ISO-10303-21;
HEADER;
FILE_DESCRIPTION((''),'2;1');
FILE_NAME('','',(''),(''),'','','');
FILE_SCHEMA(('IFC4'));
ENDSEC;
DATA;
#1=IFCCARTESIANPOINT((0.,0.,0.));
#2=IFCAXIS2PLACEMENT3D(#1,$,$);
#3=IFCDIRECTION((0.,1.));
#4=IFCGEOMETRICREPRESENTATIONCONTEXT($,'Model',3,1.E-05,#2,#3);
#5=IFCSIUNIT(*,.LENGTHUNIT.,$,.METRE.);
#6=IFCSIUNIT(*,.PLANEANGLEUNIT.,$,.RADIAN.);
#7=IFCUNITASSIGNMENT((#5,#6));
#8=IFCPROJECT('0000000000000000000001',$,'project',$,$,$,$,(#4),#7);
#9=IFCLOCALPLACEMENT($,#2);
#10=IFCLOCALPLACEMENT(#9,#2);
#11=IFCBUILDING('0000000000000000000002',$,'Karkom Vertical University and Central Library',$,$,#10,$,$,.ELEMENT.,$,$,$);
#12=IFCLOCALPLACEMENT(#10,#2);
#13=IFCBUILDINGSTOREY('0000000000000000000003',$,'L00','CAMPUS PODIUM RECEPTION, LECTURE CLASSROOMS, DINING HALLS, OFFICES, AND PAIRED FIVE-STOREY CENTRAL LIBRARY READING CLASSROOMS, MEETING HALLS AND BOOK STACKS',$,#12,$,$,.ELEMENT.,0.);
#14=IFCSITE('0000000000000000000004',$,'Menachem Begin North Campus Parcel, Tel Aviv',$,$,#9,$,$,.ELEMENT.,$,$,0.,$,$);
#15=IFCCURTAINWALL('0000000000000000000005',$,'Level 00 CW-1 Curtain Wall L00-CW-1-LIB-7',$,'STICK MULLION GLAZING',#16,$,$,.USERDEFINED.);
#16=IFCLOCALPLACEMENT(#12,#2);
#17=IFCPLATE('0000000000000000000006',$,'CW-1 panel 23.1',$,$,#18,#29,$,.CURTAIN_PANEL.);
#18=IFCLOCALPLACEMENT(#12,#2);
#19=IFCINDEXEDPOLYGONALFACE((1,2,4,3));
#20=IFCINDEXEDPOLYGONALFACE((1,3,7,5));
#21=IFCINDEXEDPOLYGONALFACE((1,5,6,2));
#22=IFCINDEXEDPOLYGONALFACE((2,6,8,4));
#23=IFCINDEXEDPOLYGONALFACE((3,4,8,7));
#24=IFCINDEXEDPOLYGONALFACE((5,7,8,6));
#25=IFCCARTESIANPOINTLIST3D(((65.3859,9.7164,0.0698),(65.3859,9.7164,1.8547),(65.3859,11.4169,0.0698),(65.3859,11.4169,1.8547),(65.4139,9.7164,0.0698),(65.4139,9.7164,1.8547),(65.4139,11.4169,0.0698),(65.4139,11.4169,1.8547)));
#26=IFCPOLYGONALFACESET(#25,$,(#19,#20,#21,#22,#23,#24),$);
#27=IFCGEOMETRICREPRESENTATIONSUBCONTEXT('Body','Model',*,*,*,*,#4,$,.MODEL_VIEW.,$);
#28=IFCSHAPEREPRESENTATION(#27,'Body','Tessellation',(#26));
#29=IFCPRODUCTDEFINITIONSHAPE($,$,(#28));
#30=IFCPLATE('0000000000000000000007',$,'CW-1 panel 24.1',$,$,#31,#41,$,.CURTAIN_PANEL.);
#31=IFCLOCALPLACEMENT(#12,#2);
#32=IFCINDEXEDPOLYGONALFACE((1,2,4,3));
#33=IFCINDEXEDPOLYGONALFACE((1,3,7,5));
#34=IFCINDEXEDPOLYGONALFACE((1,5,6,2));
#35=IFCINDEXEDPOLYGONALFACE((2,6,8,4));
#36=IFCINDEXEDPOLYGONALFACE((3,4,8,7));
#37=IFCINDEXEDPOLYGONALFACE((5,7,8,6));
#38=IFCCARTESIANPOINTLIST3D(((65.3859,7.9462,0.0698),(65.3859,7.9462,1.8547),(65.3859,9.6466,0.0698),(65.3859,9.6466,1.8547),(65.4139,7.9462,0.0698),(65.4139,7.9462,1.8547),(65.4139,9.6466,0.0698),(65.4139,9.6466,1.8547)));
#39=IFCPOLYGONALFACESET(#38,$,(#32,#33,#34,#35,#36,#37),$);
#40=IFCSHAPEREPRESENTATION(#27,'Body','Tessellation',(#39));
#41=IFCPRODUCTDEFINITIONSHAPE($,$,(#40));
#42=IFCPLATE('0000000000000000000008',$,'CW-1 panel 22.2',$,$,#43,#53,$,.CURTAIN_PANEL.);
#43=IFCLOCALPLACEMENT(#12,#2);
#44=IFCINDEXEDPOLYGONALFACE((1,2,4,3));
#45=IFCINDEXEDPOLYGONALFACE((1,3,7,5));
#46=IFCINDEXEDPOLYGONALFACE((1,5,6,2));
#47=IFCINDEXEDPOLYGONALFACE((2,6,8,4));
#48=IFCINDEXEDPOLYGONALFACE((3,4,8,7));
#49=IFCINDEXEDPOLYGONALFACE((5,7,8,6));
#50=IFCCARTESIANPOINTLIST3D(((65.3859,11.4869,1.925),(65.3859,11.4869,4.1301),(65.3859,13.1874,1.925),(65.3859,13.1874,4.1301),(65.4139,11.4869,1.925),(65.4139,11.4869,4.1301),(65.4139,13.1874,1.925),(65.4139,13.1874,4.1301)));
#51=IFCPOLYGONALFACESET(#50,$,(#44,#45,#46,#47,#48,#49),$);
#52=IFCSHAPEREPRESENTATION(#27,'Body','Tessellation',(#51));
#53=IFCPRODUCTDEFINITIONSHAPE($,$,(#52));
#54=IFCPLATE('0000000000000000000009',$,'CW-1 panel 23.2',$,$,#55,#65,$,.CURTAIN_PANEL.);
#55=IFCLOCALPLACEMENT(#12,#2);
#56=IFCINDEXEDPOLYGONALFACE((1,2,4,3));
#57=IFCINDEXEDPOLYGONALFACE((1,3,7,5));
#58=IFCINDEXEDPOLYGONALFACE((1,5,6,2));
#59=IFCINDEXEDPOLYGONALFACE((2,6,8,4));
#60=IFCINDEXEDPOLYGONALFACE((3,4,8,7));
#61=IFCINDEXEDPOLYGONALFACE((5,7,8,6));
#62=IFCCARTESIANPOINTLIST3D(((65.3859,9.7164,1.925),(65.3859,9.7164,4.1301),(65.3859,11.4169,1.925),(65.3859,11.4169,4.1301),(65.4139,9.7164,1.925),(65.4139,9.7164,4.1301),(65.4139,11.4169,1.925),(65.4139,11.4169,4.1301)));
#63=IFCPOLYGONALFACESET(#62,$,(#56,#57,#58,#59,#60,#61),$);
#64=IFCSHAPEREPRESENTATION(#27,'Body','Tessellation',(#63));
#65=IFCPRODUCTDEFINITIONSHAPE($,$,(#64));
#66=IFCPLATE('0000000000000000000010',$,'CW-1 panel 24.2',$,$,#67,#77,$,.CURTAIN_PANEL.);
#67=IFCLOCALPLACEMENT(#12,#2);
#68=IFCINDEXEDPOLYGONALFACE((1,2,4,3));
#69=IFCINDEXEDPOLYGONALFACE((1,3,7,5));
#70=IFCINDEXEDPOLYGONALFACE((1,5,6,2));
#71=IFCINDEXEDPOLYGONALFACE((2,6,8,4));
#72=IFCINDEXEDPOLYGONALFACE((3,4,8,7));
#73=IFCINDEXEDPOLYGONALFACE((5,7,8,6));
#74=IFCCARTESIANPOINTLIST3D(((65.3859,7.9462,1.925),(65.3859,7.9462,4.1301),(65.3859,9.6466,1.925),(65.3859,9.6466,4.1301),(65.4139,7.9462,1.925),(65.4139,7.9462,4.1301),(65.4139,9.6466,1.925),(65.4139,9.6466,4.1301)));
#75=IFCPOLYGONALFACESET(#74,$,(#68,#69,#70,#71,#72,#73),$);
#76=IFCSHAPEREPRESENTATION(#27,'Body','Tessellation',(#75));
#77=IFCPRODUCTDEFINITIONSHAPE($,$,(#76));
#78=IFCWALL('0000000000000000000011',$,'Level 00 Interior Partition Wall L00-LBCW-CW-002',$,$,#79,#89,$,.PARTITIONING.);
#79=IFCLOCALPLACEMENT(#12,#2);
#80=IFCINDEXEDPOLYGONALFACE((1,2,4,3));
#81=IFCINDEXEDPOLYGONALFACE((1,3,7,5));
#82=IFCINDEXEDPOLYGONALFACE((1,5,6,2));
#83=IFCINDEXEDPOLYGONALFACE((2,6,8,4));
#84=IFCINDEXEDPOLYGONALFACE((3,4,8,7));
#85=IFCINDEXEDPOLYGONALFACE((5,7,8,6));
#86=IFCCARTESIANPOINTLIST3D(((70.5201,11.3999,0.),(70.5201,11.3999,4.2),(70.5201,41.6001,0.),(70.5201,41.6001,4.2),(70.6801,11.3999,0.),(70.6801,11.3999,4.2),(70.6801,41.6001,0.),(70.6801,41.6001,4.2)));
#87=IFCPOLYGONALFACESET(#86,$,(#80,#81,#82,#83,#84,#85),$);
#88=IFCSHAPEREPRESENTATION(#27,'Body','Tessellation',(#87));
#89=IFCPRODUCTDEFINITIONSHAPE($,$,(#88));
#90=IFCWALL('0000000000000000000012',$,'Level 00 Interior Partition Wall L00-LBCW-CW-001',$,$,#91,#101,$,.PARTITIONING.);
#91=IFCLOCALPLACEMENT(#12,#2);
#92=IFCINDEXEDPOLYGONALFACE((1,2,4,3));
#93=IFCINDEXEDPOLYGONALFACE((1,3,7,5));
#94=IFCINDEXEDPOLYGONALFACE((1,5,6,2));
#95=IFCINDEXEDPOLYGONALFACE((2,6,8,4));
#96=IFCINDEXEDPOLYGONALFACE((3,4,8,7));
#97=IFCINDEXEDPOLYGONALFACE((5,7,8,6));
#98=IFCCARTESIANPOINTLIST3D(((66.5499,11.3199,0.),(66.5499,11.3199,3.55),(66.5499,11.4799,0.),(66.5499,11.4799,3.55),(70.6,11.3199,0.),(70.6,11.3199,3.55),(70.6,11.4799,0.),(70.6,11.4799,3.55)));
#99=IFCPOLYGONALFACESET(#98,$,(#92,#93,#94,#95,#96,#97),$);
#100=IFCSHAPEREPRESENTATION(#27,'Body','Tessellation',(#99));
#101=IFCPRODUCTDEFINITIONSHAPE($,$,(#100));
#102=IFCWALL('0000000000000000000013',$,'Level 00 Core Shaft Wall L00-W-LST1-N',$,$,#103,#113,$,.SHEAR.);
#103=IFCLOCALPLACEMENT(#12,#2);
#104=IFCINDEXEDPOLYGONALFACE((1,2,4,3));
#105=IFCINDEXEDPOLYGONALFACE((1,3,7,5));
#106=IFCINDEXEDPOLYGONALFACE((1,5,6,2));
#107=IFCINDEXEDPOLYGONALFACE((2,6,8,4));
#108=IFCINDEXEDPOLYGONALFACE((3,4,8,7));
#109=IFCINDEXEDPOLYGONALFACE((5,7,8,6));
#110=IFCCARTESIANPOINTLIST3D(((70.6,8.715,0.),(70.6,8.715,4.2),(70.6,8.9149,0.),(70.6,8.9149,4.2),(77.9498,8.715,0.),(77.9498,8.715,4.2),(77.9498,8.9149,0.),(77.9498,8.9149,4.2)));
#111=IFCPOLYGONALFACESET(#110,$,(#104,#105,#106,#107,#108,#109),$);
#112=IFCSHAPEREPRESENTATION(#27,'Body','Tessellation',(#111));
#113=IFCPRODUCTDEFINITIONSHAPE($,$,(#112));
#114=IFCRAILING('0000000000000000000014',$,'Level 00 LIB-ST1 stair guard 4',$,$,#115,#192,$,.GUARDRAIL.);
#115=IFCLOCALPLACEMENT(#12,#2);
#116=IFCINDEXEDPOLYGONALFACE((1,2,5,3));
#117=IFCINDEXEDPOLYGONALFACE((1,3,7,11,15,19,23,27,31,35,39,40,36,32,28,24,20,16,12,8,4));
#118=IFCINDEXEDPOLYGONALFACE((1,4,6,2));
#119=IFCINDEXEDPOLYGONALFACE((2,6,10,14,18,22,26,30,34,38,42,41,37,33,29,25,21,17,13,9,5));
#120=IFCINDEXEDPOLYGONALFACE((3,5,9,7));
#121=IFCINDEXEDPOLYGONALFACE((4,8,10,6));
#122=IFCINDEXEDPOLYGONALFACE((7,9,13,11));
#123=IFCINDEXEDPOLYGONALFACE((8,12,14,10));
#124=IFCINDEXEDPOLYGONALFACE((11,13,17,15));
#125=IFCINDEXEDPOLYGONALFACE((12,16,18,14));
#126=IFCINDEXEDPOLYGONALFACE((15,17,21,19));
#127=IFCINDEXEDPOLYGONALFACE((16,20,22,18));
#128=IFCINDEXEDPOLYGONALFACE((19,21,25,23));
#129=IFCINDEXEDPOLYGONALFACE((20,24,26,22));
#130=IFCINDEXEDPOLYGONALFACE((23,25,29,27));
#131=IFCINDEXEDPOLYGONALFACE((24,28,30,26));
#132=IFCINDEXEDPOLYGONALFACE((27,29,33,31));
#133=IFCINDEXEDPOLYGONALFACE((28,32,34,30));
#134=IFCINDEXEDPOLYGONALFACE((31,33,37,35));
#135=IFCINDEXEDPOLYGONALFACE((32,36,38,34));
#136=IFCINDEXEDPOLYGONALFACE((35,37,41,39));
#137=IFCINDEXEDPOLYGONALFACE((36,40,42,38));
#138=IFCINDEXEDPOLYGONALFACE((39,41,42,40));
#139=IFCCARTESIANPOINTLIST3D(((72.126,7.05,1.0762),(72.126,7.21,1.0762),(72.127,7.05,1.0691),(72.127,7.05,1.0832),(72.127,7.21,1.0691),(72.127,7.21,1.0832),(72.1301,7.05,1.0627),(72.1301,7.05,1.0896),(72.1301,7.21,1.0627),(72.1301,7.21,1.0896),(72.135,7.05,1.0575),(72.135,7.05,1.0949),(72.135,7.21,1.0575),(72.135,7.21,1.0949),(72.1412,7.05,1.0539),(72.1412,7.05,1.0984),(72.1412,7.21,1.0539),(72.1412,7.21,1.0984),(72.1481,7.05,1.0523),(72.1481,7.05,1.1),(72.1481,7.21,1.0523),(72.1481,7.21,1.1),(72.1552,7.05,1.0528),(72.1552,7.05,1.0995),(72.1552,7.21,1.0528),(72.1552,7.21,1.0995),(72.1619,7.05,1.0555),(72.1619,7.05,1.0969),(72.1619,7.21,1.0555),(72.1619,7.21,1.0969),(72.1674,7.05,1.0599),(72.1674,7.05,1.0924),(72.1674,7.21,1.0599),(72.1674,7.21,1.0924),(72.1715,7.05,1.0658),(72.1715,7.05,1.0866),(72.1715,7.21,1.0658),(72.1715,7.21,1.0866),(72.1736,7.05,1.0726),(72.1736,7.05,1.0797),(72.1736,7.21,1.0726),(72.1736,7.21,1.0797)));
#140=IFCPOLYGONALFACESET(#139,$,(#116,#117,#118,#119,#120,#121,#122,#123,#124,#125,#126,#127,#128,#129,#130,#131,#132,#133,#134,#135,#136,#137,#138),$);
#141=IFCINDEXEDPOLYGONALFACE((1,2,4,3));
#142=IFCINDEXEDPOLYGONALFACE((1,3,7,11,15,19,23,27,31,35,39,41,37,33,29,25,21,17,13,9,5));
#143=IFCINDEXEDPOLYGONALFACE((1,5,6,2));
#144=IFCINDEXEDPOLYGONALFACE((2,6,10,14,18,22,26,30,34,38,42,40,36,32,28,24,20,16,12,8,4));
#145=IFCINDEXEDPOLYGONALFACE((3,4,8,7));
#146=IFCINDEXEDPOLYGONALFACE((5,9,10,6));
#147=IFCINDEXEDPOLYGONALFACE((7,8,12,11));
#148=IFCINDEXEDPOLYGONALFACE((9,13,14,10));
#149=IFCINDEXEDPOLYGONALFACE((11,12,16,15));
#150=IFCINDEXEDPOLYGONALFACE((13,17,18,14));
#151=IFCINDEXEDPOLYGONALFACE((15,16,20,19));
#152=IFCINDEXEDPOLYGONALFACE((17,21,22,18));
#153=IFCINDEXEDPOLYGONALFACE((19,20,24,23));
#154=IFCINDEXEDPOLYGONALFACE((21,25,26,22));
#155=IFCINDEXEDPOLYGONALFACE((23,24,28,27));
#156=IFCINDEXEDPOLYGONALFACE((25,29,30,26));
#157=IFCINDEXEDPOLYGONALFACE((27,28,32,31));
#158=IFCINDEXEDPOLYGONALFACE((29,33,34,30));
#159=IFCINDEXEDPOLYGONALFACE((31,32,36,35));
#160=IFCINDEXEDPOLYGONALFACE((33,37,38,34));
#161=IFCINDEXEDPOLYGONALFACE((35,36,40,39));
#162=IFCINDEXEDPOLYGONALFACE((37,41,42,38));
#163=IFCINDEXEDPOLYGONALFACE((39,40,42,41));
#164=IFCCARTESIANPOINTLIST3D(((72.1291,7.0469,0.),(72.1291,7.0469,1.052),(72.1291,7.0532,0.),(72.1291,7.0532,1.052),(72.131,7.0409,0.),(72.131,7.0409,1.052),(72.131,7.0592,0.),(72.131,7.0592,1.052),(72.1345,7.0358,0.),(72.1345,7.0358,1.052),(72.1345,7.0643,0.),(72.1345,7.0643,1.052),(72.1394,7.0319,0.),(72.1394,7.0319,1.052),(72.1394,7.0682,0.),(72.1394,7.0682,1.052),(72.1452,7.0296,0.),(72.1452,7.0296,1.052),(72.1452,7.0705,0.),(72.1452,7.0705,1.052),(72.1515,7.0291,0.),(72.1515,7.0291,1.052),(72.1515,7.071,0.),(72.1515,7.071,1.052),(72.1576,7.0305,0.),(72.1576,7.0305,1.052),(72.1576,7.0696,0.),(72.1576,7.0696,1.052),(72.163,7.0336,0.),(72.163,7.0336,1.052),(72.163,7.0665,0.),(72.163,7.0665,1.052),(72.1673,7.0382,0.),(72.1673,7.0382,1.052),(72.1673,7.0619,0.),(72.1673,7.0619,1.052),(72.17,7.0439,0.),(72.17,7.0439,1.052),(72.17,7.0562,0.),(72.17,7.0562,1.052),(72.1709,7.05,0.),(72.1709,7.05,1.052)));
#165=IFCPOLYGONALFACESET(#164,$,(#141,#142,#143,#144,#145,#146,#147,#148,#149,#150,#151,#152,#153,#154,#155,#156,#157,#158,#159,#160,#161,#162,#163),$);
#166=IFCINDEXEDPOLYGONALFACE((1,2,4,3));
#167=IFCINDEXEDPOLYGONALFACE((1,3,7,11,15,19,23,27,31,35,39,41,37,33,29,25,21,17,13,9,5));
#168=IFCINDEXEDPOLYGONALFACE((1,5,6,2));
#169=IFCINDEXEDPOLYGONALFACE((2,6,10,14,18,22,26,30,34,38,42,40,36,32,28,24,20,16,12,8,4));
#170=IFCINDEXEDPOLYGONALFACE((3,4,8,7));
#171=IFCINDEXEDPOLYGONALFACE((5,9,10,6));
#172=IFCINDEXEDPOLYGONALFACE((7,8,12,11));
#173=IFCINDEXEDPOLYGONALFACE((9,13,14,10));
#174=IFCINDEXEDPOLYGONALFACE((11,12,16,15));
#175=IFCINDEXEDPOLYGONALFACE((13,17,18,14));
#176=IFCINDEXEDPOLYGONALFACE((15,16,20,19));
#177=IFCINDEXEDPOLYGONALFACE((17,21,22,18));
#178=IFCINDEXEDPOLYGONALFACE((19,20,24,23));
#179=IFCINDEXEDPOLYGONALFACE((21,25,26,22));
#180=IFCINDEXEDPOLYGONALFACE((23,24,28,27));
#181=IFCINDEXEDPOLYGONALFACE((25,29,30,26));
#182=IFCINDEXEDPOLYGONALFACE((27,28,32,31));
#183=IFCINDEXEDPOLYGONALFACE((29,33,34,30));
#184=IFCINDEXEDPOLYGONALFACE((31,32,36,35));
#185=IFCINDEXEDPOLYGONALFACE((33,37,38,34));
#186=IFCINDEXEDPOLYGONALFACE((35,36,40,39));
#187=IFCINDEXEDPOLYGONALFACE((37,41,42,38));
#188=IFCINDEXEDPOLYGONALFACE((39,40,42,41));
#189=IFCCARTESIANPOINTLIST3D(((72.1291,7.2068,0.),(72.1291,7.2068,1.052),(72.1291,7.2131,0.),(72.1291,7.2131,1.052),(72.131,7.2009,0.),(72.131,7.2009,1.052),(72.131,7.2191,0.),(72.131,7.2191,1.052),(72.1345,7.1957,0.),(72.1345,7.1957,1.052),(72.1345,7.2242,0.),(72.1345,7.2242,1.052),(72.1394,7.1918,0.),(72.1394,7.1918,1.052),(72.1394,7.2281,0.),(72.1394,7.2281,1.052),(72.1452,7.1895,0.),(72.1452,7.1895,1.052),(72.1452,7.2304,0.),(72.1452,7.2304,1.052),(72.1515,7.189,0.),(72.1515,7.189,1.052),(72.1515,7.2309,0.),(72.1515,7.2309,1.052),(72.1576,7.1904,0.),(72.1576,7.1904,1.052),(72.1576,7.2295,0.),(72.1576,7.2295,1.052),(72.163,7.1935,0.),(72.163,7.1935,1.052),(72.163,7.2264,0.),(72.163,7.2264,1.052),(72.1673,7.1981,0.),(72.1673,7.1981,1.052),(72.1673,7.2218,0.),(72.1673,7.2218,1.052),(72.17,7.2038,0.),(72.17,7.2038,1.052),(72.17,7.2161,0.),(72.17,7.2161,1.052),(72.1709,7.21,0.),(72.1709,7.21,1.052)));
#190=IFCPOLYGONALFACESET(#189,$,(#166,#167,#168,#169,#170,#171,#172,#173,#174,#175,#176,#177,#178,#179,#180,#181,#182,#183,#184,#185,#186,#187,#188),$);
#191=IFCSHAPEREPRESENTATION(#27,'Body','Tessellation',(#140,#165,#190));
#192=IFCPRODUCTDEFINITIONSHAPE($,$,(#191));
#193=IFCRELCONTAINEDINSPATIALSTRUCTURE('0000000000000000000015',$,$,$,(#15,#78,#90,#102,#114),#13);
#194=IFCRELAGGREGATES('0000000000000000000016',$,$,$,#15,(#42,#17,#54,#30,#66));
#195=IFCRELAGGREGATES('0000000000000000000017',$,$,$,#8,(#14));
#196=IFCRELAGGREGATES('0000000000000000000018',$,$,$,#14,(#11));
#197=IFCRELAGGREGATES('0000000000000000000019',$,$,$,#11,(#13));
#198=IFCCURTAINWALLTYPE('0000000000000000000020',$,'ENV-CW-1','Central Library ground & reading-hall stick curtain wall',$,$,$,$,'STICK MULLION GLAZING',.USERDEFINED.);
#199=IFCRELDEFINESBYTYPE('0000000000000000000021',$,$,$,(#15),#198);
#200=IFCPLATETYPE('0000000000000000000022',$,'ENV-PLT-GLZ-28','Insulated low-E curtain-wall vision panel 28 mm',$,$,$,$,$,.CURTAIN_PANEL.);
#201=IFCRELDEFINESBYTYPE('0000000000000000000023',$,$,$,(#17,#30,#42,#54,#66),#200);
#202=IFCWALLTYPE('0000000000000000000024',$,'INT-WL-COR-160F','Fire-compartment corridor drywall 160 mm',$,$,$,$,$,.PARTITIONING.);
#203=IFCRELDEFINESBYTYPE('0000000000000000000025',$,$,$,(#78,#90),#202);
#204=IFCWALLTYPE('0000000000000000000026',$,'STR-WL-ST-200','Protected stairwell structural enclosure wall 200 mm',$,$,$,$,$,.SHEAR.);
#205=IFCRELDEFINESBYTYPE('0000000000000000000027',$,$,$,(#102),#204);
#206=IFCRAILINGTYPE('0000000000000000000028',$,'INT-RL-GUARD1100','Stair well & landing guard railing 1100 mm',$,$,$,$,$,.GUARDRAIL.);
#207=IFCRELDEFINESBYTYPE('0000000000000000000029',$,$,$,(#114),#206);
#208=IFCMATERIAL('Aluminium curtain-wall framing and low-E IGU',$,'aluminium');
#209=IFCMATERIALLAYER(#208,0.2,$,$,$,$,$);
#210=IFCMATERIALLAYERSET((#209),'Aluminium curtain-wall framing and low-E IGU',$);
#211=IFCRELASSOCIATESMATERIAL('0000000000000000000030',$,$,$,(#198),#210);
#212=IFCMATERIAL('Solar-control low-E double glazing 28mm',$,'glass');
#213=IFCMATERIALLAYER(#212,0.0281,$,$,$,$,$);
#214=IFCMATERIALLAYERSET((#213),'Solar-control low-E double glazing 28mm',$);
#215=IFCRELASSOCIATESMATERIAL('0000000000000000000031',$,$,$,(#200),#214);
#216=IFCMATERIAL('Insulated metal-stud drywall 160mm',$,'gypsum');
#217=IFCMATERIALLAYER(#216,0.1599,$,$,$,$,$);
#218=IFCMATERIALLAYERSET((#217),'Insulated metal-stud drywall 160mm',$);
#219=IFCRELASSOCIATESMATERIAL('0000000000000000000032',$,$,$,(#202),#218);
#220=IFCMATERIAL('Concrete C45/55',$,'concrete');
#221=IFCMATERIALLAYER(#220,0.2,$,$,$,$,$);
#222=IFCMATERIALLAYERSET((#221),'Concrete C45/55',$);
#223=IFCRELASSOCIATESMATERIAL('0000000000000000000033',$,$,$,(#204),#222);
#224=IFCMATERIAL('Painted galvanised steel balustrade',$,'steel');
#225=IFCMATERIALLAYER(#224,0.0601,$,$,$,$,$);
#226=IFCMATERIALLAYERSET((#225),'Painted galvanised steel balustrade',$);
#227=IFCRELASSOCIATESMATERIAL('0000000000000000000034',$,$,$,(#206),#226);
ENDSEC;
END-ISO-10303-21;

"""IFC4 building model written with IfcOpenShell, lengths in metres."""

from ifc_helpers import new_model, si_unit, direction, frame, frame_2d, origin, origin_with_axes, origin_2d, place, context, subcontext, project, spatial, rectangle, circle, extrude, source, transform, mapped, material, layer, layer_set, type_object, element, aggregate, save


model = new_model("IFC4")

# Units and contexts
model_context = context("Model", 3, precision=1e-05, world=origin(), true_north=direction((0.0, 1.0)))
body_context = subcontext(model_context, "Body", "Model", "MODEL_VIEW")
ifc_project = project(units=[si_unit("LENGTHUNIT", "METRE"), si_unit("PLANEANGLEUNIT", "RADIAN")], contexts=[model_context])

# Site, building, storey
site_placement = place(None, origin())
site = spatial("IfcSite", under=ifc_project, at=site_placement, Name="Menachem Begin North Campus Parcel, Tel Aviv", CompositionType="ELEMENT", RefElevation=0.0)
building_placement = place(site_placement, origin())
building = spatial("IfcBuilding", under=site, at=building_placement, Name="Karkom Vertical University and Central Library", CompositionType="ELEMENT")
storey_placement = place(building_placement, origin())
storey = spatial("IfcBuildingStorey", under=building, at=storey_placement, Name="L00", Description="CAMPUS PODIUM RECEPTION, LECTURE CLASSROOMS, DINING HALLS, OFFICES, AND PAIRED FIVE-STOREY CENTRAL LIBRARY READING CLASSROOMS, MEETING HALLS AND BOOK STACKS", CompositionType="ELEMENT", Elevation=0.0)

# Shared definitions
ifc_material_1 = material(Name="Concrete C45/55", Category="concrete")

# Curtain wall, plates
ifc_material_2 = material(Name="Aluminium curtain-wall framing and low-E IGU", Category="aluminium")
ifc_layer_1 = layer(ifc_material_2, 0.2)
ifc_layer_set_1 = layer_set([ifc_layer_1], Name="Aluminium curtain-wall framing and low-E IGU")
curtain_wall_type = type_object("IfcCurtainWallType", Name="ENV-CW-1", Description="Central Library ground & reading-hall stick curtain wall", ElementType="STICK MULLION GLAZING", PredefinedType="USERDEFINED", material=ifc_layer_set_1)
curtain_wall_placement = place(storey_placement, origin())
curtain_wall = element("IfcCurtainWall", 1, at=curtain_wall_placement, inside=storey, type_object=curtain_wall_type, Name="Level 00 CW-1 Curtain Wall L00-CW-1-LIB-7", ObjectType="STICK MULLION GLAZING", PredefinedType="USERDEFINED")
ifc_material_3 = material(Name="Solar-control low-E double glazing 28mm", Category="glass")
ifc_layer_2 = layer(ifc_material_3, 0.0281)
ifc_layer_set_2 = layer_set([ifc_layer_2], Name="Solar-control low-E double glazing 28mm")
plate_type = type_object("IfcPlateType", Name="ENV-PLT-GLZ-28", Description="Insulated low-E curtain-wall vision panel 28 mm", PredefinedType="CURTAIN_PANEL", material=ifc_layer_set_2)
shared_shape_1 = source(origin_with_axes(), body_context, "Body", "SweptSolid", [
    extrude(rectangle(XDim=1.7004, YDim=0.0281, at=origin_2d()), origin(), (0.0, 0.0, 1.0), 1.7849),
])
plate_1_placement = place(storey_placement, frame((65.3999, 10.5667, 0.0698), z_axis=(0.0, 0.0, 1.0), x_axis=(0.0, -1.0, 0.0)))
plate_1 = element("IfcPlate", 2, at=plate_1_placement, type_object=plate_type, Name="CW-1 panel 23.1", PredefinedType="CURTAIN_PANEL", context=body_context, shape_type="MappedRepresentation", body=[
    mapped(shared_shape_1, transform((0.0, 0.0, 0.0), scale=1.0)),
])
plate_2_placement = place(storey_placement, frame((65.3999, 8.7964, 0.0698), z_axis=(0.0, 0.0, 1.0), x_axis=(0.0, -1.0, 0.0)))
plate_2 = element("IfcPlate", 3, at=plate_2_placement, type_object=plate_type, Name="CW-1 panel 24.1", PredefinedType="CURTAIN_PANEL", context=body_context, shape_type="MappedRepresentation", body=[
    mapped(shared_shape_1, transform((0.0, 0.0, 0.0), scale=1.0)),
])
shared_shape_2 = source(origin_with_axes(), body_context, "Body", "SweptSolid", [
    extrude(rectangle(XDim=1.7004, YDim=0.0281, at=origin_2d()), origin(), (0.0, 0.0, 1.0), 2.2051),
])
plate_3_placement = place(storey_placement, frame((65.3999, 12.3372, 1.925), z_axis=(0.0, 0.0, 1.0), x_axis=(0.0, -1.0, 0.0)))
plate_3 = element("IfcPlate", 4, at=plate_3_placement, type_object=plate_type, Name="CW-1 panel 22.2", PredefinedType="CURTAIN_PANEL", context=body_context, shape_type="MappedRepresentation", body=[
    mapped(shared_shape_2, transform((0.0, 0.0, 0.0), scale=1.0)),
])
plate_4_placement = place(storey_placement, frame((65.3999, 10.5667, 1.925), z_axis=(0.0, 0.0, 1.0), x_axis=(0.0, -1.0, 0.0)))
plate_4 = element("IfcPlate", 5, at=plate_4_placement, type_object=plate_type, Name="CW-1 panel 23.2", PredefinedType="CURTAIN_PANEL", context=body_context, shape_type="MappedRepresentation", body=[
    mapped(shared_shape_2, transform((0.0, 0.0, 0.0), scale=1.0)),
])
plate_5_placement = place(storey_placement, frame((65.3999, 8.7964, 1.925), z_axis=(0.0, 0.0, 1.0), x_axis=(0.0, -1.0, 0.0)))
plate_5 = element("IfcPlate", 6, at=plate_5_placement, type_object=plate_type, Name="CW-1 panel 24.2", PredefinedType="CURTAIN_PANEL", context=body_context, shape_type="MappedRepresentation", body=[
    mapped(shared_shape_2, transform((0.0, 0.0, 0.0), scale=1.0)),
])
aggregate(curtain_wall, [plate_3, plate_1, plate_4, plate_2, plate_5])

# Walls
ifc_material_4 = material(Name="Insulated metal-stud drywall 160mm", Category="gypsum")
ifc_layer_3 = layer(ifc_material_4, 0.1599)
ifc_layer_set_3 = layer_set([ifc_layer_3], Name="Insulated metal-stud drywall 160mm")
wall_type_1 = type_object("IfcWallType", Name="INT-WL-COR-160F", Description="Fire-compartment corridor drywall 160 mm", PredefinedType="PARTITIONING", material=ifc_layer_set_3)
wall_1_placement = place(storey_placement, frame((70.6001, 11.3999, 0.0), z_axis=(0.0, 0.0, 1.0), x_axis=(0.0, 1.0, 0.0)))
element("IfcWall", 7, at=wall_1_placement, inside=storey, type_object=wall_type_1, Name="Level 00 Interior Partition Wall L00-LBCW-CW-002", PredefinedType="PARTITIONING", context=body_context, shape_type="SweptSolid", body=[
    extrude(rectangle(XDim=30.2002, YDim=0.1599, at=frame_2d((15.1001, 0.0))), origin(), (0.0, 0.0, 1.0), 4.2),
])
wall_2_placement = place(storey_placement, frame((66.55, 11.3999, 0.0), z_axis=(0.0, 0.0, 1.0), x_axis=(1.0, 0.0, 0.0)))
element("IfcWall", 8, at=wall_2_placement, inside=storey, type_object=wall_type_1, Name="Level 00 Interior Partition Wall L00-LBCW-CW-001", PredefinedType="PARTITIONING", context=body_context, shape_type="SweptSolid", body=[
    extrude(rectangle(XDim=4.05, YDim=0.1599, at=frame_2d((2.0249, 0.0))), origin(), (0.0, 0.0, 1.0), 3.55),
])
ifc_layer_4 = layer(ifc_material_1, 0.2)
ifc_layer_set_4 = layer_set([ifc_layer_4], Name="Concrete C45/55")
wall_type_2 = type_object("IfcWallType", Name="STR-WL-ST-200", Description="Protected stairwell structural enclosure wall 200 mm", PredefinedType="SHEAR", material=ifc_layer_set_4)
wall_3_placement = place(storey_placement, frame((70.6001, 8.8149, 0.0), z_axis=(0.0, 0.0, 1.0), x_axis=(1.0, 0.0, 0.0)))
element("IfcWall", 9, at=wall_3_placement, inside=storey, type_object=wall_type_2, Name="Level 00 Core Shaft Wall L00-W-LST1-N", PredefinedType="SHEAR", context=body_context, shape_type="SweptSolid", body=[
    extrude(rectangle(XDim=7.3499, YDim=0.2, at=frame_2d((3.6748, 0.0))), origin(), (0.0, 0.0, 1.0), 4.2),
])

# Railing
ifc_material_5 = material(Name="Painted galvanised steel balustrade", Category="steel")
ifc_layer_5 = layer(ifc_material_5, 0.0601)
ifc_layer_set_5 = layer_set([ifc_layer_5], Name="Painted galvanised steel balustrade")
railing_type = type_object("IfcRailingType", Name="INT-RL-GUARD1100", Description="Stair well & landing guard railing 1100 mm", PredefinedType="GUARDRAIL", material=ifc_layer_set_5)
railing_placement = place(storey_placement, frame((72.1499, 7.05, 0.0)))
element("IfcRailing", 10, at=railing_placement, inside=storey, type_object=railing_type, Name="Level 00 LIB-ST1 stair guard 4", PredefinedType="GUARDRAIL", context=body_context, shape_type="SweptSolid", body=[
    extrude(circle(Radius=0.0239, at=origin_2d()), frame((0.0, 0.0, 1.0762), z_axis=(0.0, 1.0, 0.0), x_axis=(-1.0, 0.0, 0.0)), (0.0, 0.0, 1.0), 0.1599),
    extrude(circle(Radius=0.021, at=origin_2d()), origin(), (0.0, 0.0, 1.0), 1.052),
    extrude(circle(Radius=0.021, at=origin_2d()), frame((0.0, 0.1599, 0.0)), (0.0, 0.0, 1.0), 1.052),
])

save(model, "model.ifc")
